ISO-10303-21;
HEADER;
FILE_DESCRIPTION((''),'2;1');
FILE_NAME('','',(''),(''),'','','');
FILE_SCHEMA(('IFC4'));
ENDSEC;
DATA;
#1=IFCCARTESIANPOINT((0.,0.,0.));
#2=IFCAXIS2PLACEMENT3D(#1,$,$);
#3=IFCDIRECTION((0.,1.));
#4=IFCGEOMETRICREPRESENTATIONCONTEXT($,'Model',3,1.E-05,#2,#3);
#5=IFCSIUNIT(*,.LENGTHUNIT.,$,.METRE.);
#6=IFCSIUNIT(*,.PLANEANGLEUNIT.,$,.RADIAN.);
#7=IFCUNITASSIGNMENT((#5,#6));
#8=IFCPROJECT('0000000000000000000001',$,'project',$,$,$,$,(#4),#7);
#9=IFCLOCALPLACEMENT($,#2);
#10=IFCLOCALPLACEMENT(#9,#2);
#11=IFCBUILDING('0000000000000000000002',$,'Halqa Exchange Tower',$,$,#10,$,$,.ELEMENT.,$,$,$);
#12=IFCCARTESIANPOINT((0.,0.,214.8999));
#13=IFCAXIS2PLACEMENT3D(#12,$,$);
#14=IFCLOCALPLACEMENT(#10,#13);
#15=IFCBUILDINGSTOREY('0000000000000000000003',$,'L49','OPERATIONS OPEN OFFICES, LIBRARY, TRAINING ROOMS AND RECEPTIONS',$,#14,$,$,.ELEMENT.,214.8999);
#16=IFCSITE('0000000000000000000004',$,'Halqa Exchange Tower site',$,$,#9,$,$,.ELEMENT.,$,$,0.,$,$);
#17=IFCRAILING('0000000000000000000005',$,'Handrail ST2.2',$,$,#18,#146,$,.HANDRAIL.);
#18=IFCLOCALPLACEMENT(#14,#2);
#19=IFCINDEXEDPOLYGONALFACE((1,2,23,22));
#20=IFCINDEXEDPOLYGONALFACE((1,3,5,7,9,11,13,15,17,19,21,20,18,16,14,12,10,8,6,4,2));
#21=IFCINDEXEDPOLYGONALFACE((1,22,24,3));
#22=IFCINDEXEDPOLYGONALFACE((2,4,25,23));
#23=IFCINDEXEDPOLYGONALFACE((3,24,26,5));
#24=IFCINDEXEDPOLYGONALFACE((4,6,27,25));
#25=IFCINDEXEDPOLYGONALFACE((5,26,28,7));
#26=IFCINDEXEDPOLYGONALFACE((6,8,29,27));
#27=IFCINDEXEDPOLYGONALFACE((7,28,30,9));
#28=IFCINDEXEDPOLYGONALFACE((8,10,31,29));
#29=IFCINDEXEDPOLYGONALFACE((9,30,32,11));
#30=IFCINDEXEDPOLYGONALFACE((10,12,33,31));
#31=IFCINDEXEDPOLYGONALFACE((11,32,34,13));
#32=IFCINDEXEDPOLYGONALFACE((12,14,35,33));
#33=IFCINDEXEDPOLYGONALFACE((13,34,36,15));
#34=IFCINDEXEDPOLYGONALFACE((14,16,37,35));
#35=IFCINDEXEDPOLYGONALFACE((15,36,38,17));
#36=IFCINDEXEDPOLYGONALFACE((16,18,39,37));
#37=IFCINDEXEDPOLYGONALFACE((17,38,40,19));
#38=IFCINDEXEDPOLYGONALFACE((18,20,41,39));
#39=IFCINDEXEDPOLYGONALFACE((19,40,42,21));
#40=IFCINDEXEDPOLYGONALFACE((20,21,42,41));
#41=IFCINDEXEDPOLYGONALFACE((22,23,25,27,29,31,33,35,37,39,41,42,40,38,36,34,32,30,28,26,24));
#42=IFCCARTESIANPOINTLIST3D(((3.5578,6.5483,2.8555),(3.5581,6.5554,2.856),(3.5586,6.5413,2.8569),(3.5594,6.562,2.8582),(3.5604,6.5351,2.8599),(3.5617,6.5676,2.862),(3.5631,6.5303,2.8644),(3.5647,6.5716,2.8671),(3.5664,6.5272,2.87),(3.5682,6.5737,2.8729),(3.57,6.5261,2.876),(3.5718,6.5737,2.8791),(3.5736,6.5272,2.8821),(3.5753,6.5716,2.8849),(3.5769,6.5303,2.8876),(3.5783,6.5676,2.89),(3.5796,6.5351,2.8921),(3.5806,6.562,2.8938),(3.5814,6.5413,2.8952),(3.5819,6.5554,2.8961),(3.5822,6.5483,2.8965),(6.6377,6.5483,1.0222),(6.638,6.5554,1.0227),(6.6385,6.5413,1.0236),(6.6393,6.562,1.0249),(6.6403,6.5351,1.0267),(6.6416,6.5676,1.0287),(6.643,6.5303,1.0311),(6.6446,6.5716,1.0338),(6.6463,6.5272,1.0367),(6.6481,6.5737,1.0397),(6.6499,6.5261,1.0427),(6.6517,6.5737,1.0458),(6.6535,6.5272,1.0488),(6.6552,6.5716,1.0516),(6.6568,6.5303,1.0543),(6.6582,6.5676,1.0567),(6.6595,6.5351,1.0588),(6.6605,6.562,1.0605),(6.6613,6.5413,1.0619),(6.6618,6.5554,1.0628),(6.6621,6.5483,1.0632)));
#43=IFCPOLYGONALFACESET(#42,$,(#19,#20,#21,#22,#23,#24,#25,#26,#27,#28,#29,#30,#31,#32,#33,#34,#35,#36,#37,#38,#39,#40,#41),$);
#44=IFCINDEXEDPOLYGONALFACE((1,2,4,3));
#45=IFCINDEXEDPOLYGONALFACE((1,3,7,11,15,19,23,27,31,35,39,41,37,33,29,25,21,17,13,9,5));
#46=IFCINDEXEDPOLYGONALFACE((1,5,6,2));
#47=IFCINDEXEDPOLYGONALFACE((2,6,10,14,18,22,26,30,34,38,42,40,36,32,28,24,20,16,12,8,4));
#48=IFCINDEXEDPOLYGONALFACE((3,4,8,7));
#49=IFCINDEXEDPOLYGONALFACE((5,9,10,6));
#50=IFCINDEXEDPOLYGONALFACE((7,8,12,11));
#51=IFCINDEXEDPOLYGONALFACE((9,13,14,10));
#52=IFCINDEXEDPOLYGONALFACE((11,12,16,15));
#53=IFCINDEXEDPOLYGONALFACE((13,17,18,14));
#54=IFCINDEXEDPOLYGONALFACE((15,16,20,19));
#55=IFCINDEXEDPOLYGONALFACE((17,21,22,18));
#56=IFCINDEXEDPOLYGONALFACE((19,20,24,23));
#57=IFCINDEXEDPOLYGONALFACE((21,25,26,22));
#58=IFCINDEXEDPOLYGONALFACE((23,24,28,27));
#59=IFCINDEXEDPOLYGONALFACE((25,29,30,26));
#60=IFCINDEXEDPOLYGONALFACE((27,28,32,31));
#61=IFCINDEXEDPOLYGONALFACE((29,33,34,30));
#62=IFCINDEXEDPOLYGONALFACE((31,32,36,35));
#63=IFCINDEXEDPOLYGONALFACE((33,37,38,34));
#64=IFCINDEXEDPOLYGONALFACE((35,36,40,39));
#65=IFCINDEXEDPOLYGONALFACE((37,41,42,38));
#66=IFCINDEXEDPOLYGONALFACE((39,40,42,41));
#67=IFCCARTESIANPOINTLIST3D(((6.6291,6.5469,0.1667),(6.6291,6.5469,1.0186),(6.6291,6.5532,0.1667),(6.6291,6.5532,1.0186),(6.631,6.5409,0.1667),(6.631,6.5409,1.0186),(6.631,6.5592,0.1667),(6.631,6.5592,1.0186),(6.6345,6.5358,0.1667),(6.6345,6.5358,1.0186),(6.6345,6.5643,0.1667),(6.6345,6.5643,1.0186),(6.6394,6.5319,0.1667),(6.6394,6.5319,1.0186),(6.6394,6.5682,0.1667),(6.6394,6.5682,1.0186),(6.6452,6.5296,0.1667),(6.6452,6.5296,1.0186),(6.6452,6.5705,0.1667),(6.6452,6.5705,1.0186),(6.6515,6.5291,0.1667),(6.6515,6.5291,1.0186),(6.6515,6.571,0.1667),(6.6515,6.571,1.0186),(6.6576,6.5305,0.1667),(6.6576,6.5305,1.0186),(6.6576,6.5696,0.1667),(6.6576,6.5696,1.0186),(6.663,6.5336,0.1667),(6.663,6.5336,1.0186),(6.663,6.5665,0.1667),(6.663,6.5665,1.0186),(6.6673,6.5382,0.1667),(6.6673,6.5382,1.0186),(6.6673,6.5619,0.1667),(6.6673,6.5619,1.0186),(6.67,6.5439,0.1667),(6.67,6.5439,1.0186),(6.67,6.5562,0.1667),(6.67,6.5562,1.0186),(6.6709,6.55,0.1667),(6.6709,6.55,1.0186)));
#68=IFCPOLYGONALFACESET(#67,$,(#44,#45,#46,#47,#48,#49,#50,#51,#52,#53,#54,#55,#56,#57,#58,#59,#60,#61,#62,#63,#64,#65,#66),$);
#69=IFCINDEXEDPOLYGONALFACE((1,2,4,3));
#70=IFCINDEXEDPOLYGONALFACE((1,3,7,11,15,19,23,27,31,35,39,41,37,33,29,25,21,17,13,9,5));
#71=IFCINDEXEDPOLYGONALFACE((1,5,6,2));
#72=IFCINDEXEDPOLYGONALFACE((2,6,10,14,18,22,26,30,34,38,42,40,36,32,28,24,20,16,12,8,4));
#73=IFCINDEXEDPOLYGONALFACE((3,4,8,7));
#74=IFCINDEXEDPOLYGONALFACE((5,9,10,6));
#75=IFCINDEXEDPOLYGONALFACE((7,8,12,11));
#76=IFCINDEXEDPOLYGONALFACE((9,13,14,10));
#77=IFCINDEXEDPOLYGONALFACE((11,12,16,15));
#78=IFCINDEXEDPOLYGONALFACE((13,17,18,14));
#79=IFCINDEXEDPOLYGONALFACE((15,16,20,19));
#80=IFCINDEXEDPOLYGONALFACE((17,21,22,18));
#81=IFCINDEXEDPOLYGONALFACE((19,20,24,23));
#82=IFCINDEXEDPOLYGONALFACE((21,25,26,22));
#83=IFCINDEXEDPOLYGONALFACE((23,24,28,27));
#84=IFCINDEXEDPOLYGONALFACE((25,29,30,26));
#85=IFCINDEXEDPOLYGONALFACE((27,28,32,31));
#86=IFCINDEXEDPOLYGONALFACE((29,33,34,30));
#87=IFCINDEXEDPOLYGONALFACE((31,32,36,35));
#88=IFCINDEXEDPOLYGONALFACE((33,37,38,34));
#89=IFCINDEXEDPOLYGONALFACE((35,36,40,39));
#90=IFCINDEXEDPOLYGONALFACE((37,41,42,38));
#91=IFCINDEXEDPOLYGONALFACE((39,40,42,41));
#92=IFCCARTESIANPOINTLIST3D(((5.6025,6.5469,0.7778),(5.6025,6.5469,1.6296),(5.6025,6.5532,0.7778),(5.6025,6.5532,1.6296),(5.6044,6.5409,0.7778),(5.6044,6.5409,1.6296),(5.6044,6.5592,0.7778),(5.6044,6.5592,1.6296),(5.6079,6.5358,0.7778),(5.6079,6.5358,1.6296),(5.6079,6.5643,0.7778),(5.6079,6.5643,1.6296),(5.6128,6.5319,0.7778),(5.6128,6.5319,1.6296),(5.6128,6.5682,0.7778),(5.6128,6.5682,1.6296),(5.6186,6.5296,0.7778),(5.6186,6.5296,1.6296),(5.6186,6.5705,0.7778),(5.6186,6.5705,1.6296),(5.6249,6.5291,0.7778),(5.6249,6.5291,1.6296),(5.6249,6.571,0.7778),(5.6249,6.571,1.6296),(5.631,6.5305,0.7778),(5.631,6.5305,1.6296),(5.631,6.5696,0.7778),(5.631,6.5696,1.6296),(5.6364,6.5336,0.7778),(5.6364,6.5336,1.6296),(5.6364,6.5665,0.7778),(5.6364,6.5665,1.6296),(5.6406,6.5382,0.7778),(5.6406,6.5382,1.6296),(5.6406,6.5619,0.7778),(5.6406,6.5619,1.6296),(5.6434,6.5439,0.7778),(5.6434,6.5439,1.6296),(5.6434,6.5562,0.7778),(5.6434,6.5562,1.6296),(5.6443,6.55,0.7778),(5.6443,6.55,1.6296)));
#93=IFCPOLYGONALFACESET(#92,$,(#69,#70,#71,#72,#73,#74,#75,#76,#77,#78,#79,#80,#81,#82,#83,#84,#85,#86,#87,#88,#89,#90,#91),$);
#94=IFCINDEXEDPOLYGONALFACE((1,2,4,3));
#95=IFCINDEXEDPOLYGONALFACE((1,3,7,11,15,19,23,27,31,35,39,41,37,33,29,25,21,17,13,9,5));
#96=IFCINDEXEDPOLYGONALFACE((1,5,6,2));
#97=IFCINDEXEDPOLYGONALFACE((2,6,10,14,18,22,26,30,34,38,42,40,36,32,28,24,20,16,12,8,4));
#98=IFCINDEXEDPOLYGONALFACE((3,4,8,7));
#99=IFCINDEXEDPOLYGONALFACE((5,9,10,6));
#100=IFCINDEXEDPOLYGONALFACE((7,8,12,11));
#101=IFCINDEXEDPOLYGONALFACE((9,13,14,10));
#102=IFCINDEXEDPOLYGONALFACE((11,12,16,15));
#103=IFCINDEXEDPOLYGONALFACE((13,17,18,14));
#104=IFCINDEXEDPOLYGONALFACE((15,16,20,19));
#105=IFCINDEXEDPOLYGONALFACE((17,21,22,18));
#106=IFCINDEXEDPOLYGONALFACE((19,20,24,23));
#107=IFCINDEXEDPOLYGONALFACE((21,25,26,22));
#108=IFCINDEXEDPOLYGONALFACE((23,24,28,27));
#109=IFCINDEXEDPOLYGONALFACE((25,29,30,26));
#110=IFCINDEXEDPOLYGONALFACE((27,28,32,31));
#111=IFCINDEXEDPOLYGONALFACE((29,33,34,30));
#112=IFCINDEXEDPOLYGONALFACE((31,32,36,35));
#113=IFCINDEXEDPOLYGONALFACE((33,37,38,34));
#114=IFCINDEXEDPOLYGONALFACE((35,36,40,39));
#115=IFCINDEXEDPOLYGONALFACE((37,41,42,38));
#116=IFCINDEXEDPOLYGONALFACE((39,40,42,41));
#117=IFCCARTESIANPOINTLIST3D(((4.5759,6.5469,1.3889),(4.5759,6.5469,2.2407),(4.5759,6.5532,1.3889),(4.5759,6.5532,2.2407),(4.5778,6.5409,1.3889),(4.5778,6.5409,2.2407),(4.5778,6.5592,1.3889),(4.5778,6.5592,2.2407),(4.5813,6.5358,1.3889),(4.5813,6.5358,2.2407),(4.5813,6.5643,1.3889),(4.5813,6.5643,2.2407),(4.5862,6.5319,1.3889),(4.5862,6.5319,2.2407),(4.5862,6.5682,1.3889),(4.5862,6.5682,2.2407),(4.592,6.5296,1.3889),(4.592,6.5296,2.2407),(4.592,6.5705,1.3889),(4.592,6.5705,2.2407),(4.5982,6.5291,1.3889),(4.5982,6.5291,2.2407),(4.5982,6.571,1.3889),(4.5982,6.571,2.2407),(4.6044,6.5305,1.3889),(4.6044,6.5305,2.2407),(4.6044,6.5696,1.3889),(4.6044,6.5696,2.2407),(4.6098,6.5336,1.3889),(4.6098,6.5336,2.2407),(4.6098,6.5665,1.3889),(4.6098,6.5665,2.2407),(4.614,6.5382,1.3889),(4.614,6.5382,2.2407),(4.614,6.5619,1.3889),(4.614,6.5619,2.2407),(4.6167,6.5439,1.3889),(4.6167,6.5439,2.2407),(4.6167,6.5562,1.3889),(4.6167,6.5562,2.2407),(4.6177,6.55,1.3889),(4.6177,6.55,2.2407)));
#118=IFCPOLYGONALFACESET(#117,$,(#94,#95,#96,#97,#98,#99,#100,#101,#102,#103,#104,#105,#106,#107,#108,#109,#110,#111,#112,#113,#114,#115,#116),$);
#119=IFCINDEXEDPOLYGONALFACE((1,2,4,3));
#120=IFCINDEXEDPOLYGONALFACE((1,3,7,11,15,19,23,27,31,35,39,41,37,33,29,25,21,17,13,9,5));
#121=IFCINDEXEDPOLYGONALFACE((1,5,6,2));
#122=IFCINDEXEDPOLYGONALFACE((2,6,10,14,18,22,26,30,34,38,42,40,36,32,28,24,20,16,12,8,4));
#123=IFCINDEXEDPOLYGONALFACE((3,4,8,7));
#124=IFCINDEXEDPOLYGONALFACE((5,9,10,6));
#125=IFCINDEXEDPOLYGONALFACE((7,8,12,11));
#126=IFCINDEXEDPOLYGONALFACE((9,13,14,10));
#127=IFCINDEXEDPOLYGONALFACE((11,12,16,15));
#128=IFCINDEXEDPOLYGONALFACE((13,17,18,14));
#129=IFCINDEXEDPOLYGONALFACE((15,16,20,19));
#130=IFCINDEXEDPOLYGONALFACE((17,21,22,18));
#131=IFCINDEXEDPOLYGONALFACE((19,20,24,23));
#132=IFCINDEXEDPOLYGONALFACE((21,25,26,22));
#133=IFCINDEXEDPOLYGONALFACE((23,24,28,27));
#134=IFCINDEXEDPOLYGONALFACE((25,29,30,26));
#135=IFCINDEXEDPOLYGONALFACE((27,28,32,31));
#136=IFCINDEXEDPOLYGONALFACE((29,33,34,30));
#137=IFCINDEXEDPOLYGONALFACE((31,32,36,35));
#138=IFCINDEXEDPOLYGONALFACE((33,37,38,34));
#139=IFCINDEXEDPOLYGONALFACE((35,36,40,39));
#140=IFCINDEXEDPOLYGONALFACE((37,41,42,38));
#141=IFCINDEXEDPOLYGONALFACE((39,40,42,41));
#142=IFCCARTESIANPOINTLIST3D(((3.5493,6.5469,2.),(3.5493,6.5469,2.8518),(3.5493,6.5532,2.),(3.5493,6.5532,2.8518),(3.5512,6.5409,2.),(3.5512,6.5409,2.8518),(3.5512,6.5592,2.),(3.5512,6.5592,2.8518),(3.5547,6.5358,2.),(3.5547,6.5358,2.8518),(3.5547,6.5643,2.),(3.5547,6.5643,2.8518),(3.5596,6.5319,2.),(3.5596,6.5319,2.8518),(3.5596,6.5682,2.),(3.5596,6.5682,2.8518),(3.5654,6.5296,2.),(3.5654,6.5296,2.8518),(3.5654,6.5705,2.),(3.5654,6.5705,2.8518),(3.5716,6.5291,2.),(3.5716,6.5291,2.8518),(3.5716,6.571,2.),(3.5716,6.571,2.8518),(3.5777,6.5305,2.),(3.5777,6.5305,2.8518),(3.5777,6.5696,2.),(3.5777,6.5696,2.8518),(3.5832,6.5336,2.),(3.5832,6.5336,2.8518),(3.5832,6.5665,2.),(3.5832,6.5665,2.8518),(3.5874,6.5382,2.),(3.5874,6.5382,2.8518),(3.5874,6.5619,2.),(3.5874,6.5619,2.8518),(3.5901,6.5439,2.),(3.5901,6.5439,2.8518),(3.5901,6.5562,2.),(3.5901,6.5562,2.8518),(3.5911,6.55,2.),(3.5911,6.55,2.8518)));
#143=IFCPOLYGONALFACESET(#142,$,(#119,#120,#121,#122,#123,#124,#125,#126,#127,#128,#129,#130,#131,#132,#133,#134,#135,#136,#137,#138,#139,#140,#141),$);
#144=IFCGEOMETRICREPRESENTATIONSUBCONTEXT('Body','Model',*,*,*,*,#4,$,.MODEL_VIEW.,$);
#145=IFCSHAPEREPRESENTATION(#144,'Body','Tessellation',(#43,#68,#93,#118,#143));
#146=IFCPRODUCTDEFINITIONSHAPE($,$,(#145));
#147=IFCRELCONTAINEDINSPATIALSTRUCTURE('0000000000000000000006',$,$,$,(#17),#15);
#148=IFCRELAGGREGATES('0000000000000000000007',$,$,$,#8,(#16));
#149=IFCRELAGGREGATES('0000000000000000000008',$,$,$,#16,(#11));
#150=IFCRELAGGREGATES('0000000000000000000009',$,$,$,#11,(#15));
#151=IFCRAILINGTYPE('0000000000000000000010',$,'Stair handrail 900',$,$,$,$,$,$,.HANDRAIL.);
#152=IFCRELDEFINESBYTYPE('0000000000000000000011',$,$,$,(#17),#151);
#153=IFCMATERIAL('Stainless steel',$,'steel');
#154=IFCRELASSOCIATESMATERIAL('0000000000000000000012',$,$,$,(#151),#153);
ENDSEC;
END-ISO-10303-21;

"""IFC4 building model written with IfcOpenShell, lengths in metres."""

from ifc_helpers import new_model, si_unit, direction, frame, origin, origin_2d, place, context, subcontext, project, spatial, circle, extrude, material, type_object, element, save


model = new_model("IFC4")

# Units and contexts
model_context = context("Model", 3, precision=1e-05, world=origin(), true_north=direction((0.0, 1.0)))
body_context = subcontext(model_context, "Body", "Model", "MODEL_VIEW")
ifc_project = project(units=[si_unit("LENGTHUNIT", "METRE"), si_unit("PLANEANGLEUNIT", "RADIAN")], contexts=[model_context])

# Site, building, storey
site_placement = place(None, origin())
site = spatial("IfcSite", under=ifc_project, at=site_placement, Name="Halqa Exchange Tower site", CompositionType="ELEMENT", RefElevation=0.0)
building_placement = place(site_placement, origin())
building = spatial("IfcBuilding", under=site, at=building_placement, Name="Halqa Exchange Tower", CompositionType="ELEMENT")
storey_placement = place(building_placement, frame((0.0, 0.0, 214.8999)))
storey = spatial("IfcBuildingStorey", under=building, at=storey_placement, Name="L49", Description="OPERATIONS OPEN OFFICES, LIBRARY, TRAINING ROOMS AND RECEPTIONS", CompositionType="ELEMENT", Elevation=214.8999)

# Railing
ifc_material_1 = material(Name="Stainless steel", Category="steel")
railing_type_1 = type_object("IfcRailingType", Name="Stair handrail 900", PredefinedType="HANDRAIL", material=ifc_material_1)
railing_1_placement = place(storey_placement, frame((6.6499, 6.55, 0.1667)))
element("IfcRailing", 1, at=railing_1_placement, inside=storey, type_object=railing_type_1, Name="Handrail ST2.2", PredefinedType="HANDRAIL", context=body_context, shape_type="SweptSolid", body=[
    extrude(circle(Radius=0.0239, at=origin_2d()), frame((0.0, 0.0, 0.876), z_axis=(-0.859291, 0.0, 0.511487), x_axis=(0.0, -1.0, 0.0)), (0.0, 0.0, 1.0), 3.5842),
    extrude(circle(Radius=0.021, at=origin_2d()), origin(), (0.0, 0.0, 1.0), 0.8518),
    extrude(circle(Radius=0.021, at=origin_2d()), frame((-1.0266, 0.0, 0.6111)), (0.0, 0.0, 1.0), 0.8518),
    extrude(circle(Radius=0.021, at=origin_2d()), frame((-2.0532, 0.0, 1.2222)), (0.0, 0.0, 1.0), 0.8518),
    extrude(circle(Radius=0.021, at=origin_2d()), frame((-3.0798, 0.0, 1.8333)), (0.0, 0.0, 1.0), 0.8518),
])

save(model, "model.ifc")
